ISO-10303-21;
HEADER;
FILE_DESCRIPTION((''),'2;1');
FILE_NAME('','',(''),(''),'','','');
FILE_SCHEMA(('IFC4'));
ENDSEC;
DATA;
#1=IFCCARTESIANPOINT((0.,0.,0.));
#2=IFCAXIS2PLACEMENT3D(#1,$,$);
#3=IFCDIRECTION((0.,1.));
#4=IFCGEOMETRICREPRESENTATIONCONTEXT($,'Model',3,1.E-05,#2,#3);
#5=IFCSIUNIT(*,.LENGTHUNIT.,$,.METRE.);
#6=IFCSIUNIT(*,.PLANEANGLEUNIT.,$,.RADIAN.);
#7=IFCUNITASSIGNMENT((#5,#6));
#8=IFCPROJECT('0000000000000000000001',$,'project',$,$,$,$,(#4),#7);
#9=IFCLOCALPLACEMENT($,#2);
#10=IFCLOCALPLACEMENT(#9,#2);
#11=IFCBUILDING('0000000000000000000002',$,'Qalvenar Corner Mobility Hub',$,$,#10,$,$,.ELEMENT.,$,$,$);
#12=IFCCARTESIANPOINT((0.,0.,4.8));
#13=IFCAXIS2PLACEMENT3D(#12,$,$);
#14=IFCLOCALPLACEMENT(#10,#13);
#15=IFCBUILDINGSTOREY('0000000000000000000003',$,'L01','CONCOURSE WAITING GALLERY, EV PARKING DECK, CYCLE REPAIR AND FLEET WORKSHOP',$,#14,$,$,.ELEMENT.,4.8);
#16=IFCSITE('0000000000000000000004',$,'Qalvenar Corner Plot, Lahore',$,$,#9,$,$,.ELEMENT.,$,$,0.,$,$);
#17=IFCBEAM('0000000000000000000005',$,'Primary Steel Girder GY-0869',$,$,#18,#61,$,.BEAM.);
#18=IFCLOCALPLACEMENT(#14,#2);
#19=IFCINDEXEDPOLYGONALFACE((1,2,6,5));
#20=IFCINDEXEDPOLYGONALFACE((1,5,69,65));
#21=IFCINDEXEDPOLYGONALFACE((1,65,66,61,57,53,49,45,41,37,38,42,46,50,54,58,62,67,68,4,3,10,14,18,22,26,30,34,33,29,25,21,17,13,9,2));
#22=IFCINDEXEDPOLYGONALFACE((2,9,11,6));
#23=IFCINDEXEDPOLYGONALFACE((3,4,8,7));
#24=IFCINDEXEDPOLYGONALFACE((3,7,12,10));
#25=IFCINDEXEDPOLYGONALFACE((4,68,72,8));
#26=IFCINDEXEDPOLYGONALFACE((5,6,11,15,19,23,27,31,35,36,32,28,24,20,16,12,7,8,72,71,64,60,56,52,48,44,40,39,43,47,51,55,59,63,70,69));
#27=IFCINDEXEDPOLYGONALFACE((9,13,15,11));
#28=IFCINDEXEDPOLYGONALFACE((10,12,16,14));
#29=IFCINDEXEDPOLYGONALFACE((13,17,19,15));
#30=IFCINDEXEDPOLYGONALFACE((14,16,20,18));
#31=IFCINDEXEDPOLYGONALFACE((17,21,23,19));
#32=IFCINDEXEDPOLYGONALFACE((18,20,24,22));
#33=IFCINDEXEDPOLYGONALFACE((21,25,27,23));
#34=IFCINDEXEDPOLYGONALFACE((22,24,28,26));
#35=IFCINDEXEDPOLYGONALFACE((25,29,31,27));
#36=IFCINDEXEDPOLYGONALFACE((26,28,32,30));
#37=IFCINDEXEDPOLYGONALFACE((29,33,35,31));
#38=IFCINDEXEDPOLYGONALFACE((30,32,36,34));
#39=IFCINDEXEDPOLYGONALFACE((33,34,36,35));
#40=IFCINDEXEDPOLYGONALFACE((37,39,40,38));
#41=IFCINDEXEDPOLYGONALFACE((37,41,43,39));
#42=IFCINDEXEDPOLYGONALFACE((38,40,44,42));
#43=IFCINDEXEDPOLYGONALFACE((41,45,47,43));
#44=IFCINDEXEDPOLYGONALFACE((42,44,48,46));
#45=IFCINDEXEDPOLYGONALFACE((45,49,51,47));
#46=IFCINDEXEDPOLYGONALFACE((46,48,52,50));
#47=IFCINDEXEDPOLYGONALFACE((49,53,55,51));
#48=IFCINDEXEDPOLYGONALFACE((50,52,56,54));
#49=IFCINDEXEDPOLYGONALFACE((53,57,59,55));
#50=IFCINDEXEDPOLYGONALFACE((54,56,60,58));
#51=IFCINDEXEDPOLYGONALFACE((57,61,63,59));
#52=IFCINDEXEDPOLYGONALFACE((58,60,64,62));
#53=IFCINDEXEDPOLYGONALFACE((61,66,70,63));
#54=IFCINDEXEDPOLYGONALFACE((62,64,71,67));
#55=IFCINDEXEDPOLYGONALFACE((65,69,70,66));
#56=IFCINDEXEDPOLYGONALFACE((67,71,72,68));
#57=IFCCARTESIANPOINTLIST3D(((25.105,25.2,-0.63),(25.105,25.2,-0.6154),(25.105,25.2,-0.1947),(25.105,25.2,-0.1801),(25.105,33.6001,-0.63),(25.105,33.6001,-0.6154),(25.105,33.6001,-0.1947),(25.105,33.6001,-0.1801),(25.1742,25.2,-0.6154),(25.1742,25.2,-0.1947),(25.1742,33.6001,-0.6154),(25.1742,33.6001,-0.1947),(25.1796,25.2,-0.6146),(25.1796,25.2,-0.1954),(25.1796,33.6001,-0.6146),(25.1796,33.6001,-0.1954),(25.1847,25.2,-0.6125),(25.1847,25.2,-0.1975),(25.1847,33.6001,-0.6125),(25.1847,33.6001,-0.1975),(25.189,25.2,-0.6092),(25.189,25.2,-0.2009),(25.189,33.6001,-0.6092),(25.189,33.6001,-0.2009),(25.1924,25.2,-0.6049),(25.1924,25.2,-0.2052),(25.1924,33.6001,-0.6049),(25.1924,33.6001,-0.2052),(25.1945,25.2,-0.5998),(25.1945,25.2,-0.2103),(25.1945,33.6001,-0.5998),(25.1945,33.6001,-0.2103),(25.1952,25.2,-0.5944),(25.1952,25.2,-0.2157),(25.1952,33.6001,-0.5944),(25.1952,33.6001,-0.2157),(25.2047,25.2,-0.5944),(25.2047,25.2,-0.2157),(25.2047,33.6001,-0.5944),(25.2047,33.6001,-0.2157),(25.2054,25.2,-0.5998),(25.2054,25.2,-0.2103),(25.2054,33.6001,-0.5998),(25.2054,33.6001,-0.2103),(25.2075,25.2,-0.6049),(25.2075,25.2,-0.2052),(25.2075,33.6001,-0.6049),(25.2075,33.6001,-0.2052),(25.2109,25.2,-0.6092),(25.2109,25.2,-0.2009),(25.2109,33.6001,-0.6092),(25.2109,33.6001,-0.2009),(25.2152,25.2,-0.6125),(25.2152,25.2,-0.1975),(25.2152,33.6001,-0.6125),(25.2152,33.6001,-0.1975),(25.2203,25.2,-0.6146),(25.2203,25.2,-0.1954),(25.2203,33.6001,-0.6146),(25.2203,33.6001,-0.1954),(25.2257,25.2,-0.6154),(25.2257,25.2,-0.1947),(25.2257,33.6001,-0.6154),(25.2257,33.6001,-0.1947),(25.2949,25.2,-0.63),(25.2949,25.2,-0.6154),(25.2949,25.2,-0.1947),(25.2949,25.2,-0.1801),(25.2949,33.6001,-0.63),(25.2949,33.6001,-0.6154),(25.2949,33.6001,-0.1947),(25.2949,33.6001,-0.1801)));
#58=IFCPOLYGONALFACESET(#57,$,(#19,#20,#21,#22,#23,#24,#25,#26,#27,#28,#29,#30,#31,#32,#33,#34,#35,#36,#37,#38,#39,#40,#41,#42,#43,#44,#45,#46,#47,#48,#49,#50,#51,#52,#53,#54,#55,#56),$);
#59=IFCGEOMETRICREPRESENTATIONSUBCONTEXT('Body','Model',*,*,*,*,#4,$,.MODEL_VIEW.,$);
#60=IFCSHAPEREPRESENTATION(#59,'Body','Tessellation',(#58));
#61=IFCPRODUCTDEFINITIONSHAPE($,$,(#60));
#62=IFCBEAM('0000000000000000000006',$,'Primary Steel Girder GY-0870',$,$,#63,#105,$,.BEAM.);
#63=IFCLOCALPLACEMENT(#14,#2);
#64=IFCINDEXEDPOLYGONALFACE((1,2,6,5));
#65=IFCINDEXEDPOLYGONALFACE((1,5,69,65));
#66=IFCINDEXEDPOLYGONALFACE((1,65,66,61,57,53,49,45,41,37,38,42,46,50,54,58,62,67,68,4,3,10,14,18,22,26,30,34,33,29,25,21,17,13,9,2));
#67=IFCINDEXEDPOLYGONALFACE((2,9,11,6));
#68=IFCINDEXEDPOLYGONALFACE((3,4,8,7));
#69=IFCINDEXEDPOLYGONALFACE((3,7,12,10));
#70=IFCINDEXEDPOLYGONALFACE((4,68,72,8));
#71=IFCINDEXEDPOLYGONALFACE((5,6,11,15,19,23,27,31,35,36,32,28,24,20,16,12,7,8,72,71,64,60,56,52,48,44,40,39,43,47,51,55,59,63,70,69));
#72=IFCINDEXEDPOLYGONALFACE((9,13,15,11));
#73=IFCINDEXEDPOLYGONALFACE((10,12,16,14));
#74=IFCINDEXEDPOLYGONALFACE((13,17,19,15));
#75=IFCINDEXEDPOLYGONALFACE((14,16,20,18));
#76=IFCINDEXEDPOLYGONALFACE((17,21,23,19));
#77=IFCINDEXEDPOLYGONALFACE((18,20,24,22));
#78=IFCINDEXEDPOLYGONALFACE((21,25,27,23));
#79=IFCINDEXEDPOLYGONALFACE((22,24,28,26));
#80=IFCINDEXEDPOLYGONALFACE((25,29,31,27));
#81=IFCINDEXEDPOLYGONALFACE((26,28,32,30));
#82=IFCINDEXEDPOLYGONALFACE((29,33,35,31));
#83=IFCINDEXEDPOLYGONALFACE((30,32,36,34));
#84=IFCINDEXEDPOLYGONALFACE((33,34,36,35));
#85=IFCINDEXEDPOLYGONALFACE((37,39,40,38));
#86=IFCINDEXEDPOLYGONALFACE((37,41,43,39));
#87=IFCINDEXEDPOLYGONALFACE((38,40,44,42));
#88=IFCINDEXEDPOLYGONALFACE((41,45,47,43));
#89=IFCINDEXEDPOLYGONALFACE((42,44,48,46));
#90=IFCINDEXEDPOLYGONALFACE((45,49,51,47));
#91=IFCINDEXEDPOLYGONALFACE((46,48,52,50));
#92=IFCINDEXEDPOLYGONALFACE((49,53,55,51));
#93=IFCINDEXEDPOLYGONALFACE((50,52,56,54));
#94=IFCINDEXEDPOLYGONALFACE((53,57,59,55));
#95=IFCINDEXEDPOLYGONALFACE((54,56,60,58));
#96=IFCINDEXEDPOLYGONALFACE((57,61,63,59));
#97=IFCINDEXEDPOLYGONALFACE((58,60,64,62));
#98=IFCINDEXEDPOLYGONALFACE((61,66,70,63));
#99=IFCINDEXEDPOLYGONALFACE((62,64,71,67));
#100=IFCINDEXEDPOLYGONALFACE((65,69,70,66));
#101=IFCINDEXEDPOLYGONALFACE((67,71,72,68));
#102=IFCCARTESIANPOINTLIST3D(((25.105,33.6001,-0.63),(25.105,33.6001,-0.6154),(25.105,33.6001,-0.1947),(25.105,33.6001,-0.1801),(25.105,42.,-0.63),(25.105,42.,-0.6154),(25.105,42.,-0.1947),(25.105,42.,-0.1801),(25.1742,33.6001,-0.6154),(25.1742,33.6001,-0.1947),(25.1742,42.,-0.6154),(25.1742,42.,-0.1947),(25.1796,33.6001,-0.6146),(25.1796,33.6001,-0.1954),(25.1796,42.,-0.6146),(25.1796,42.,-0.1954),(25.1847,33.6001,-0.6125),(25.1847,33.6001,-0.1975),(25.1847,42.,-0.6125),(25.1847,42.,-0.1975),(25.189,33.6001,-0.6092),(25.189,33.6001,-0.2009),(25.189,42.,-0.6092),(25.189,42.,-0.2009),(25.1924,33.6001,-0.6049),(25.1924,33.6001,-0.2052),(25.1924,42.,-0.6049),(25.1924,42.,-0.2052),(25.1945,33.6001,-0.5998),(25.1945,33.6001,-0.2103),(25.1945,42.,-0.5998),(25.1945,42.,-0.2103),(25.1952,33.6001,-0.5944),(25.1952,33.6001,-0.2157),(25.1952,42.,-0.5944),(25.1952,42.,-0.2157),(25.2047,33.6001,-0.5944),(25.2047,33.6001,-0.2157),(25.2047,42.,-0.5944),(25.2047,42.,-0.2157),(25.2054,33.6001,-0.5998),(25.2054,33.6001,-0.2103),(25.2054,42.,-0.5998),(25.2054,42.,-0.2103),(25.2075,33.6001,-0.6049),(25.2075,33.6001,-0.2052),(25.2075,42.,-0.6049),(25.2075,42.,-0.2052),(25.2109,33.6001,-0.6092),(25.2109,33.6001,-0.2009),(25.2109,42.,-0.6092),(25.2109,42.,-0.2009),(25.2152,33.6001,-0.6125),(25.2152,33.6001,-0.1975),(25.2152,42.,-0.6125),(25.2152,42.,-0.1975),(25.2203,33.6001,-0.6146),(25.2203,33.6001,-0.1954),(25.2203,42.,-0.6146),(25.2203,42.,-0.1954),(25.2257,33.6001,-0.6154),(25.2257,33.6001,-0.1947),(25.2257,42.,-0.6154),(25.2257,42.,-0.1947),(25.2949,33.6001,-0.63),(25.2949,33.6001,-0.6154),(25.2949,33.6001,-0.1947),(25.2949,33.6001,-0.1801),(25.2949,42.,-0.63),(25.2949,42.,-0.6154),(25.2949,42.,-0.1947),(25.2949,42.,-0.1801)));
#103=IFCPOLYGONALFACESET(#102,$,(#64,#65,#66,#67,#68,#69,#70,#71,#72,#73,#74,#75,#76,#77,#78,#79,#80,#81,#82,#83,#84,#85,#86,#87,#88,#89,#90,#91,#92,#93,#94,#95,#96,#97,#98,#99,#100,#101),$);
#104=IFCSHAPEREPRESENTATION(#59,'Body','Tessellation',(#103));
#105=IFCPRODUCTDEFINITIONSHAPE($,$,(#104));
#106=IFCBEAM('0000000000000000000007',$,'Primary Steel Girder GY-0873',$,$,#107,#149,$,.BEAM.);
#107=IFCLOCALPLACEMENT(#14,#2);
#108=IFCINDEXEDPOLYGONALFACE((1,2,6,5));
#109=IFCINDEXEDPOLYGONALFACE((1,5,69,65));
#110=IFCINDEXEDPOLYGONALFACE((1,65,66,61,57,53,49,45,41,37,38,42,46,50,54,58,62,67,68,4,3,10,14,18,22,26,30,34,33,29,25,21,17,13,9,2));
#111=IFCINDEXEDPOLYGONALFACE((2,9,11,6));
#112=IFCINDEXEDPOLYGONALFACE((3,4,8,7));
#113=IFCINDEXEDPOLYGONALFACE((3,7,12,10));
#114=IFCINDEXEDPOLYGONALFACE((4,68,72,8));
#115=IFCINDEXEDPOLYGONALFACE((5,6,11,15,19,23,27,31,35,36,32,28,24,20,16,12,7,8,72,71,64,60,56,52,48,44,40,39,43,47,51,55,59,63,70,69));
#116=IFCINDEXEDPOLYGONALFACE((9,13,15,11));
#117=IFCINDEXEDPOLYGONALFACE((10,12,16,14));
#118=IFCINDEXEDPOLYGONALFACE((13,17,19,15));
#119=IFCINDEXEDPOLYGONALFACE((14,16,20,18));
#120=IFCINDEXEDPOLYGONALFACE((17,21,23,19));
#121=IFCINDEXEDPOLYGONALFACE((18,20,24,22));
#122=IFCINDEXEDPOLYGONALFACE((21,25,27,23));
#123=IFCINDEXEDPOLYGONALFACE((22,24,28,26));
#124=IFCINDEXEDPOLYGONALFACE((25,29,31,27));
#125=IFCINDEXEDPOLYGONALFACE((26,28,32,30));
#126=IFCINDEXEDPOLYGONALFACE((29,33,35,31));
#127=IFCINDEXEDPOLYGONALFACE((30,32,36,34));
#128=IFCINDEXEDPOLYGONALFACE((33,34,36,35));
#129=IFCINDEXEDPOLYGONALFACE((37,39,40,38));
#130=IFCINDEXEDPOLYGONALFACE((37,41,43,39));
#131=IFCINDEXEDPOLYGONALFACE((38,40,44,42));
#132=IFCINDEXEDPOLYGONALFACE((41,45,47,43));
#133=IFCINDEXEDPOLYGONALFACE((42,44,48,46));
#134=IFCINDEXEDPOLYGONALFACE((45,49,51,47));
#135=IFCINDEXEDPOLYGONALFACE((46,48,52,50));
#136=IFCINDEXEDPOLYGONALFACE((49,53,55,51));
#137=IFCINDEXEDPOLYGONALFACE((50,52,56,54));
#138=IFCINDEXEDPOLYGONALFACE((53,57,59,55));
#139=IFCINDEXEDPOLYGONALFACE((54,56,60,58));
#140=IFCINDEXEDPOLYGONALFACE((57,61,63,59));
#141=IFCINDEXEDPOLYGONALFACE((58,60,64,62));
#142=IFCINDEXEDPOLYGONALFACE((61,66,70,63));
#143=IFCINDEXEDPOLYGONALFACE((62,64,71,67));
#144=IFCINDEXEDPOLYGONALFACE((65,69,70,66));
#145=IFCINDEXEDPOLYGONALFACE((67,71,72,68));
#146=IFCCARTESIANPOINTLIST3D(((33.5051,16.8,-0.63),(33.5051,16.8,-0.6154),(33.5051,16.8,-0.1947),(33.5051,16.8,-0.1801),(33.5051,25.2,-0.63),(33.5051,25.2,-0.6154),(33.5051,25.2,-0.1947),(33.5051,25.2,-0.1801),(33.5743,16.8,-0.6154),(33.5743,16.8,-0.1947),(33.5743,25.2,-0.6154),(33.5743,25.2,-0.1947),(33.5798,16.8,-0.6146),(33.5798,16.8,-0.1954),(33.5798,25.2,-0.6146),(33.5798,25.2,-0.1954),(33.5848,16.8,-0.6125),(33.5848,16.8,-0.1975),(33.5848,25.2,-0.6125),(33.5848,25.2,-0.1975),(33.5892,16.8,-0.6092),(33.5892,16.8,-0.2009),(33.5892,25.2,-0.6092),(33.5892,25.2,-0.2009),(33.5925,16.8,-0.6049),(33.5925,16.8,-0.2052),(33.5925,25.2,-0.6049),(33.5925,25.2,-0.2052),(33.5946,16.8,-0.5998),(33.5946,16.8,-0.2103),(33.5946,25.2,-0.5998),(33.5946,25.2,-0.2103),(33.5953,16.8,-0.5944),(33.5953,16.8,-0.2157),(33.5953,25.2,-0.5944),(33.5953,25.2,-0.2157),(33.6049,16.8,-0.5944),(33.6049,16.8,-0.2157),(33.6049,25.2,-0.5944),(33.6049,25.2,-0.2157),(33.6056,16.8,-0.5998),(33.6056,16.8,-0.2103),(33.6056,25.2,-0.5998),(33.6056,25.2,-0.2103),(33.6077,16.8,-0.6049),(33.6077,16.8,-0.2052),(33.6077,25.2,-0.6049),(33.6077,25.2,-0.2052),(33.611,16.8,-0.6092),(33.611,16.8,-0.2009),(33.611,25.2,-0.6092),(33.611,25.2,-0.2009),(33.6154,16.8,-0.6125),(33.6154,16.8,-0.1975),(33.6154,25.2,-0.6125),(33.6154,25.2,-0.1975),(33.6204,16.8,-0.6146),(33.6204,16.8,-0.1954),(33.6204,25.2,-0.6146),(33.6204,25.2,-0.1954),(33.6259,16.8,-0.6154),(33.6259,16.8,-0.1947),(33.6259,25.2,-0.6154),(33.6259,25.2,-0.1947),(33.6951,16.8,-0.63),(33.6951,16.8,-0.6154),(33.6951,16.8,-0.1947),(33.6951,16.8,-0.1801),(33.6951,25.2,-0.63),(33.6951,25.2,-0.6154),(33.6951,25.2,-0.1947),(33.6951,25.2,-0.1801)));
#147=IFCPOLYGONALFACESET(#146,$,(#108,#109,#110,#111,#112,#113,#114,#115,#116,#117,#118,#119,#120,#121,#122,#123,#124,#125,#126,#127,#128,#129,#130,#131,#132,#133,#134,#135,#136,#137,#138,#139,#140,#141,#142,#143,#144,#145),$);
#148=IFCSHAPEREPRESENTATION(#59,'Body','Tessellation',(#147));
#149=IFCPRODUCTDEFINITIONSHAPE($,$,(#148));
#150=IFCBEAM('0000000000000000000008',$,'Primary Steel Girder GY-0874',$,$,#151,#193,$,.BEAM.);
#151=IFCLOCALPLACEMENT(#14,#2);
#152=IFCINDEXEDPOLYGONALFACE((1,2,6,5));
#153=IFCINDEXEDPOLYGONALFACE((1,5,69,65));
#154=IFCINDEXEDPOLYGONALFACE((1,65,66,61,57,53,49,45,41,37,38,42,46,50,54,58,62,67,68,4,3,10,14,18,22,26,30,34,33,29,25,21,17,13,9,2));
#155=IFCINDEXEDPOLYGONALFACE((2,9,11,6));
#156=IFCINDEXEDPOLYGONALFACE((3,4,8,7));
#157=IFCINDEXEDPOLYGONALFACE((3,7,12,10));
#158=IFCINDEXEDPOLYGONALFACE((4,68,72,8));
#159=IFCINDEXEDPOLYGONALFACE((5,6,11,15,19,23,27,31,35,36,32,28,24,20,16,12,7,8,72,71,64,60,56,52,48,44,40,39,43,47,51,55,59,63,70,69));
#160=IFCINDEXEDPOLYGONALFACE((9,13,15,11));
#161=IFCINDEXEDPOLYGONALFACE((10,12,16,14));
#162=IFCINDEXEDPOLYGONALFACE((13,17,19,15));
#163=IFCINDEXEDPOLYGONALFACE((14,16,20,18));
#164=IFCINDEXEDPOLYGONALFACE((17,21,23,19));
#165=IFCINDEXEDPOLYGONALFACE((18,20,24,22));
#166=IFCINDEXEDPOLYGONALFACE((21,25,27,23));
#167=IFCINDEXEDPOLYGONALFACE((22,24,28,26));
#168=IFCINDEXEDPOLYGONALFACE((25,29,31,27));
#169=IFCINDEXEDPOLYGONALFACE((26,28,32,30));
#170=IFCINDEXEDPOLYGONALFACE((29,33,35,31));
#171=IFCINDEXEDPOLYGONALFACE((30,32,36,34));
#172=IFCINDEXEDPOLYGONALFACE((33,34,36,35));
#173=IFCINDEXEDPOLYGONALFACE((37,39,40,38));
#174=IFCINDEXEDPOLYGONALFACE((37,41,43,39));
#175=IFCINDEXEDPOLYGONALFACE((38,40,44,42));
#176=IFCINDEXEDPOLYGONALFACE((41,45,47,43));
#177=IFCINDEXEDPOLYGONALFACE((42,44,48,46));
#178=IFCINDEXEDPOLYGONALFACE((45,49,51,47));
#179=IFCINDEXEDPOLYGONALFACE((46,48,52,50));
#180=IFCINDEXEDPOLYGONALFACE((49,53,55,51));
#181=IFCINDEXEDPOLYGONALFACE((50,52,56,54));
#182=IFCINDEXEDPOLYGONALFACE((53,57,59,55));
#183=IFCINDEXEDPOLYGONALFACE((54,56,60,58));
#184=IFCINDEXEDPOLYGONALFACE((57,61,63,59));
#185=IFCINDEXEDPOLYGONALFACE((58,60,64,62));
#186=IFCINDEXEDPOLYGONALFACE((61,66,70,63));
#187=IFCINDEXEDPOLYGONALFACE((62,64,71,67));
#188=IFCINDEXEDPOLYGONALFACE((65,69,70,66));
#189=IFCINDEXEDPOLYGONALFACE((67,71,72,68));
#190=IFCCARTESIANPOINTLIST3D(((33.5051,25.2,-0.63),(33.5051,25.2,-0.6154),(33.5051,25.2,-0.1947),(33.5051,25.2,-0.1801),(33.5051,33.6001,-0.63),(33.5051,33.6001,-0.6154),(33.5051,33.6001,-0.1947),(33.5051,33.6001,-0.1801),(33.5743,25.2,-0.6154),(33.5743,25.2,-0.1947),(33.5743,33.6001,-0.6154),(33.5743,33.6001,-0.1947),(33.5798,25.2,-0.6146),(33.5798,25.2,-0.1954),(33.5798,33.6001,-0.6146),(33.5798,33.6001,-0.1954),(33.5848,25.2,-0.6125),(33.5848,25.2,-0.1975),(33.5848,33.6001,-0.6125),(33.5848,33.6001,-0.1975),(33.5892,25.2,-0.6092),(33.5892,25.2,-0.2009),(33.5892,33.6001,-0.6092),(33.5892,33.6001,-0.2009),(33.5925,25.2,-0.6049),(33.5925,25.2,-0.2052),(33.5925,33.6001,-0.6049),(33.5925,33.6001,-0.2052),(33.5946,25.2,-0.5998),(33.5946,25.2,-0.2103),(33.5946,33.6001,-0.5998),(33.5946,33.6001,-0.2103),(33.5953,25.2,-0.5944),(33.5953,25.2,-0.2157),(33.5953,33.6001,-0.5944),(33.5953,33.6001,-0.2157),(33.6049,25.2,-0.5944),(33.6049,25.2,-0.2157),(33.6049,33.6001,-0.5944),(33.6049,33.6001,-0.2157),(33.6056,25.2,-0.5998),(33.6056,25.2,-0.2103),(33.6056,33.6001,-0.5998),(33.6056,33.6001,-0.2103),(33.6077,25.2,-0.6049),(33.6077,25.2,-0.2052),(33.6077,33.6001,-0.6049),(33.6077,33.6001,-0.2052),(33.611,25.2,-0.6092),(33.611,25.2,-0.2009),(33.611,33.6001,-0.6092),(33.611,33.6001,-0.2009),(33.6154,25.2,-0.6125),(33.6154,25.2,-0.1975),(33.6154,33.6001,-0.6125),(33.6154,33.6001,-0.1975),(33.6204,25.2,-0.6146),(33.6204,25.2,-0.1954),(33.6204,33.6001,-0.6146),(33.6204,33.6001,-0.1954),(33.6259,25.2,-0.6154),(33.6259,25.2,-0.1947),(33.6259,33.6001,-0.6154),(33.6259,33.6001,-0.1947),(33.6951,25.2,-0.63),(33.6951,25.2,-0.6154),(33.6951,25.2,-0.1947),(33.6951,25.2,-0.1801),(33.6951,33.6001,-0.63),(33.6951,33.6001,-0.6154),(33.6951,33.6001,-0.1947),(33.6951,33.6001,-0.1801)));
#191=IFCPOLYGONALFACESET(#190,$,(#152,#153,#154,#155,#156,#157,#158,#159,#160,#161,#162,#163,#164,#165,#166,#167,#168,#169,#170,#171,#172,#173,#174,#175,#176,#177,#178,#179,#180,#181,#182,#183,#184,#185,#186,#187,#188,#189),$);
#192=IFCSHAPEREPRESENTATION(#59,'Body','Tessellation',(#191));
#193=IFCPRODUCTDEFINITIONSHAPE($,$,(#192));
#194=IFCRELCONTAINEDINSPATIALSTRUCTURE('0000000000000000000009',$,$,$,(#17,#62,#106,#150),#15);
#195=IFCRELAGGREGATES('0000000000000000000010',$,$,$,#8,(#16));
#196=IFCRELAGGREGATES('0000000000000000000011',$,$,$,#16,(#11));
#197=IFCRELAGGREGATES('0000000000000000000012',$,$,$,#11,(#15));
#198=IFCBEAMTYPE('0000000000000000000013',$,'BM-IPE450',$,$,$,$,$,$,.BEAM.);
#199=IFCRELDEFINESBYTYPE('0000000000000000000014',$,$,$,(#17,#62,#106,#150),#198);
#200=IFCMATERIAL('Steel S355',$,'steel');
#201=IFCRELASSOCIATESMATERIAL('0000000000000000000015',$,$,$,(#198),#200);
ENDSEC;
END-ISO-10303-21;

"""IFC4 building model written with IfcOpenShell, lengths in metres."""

from ifc_helpers import new_model, si_unit, direction, frame, origin, origin_2d, place, context, subcontext, project, spatial, i_section, extrude, material, material_profile, profile_set, type_object, element, save


model = new_model("IFC4")

# Units and contexts
model_context = context("Model", 3, precision=1e-05, world=origin(), true_north=direction((0.0, 1.0)))
body_context = subcontext(model_context, "Body", "Model", "MODEL_VIEW")
ifc_project = project(units=[si_unit("LENGTHUNIT", "METRE"), si_unit("PLANEANGLEUNIT", "RADIAN")], contexts=[model_context])

# Site, building, storey
site_placement = place(None, origin())
site = spatial("IfcSite", under=ifc_project, at=site_placement, Name="Qalvenar Corner Plot, Lahore", CompositionType="ELEMENT", RefElevation=0.0)
building_placement = place(site_placement, origin())
building = spatial("IfcBuilding", under=site, at=building_placement, Name="Qalvenar Corner Mobility Hub", CompositionType="ELEMENT")
storey_placement = place(building_placement, frame((0.0, 0.0, 4.8)))
storey = spatial("IfcBuildingStorey", under=building, at=storey_placement, Name="L01", Description="CONCOURSE WAITING GALLERY, EV PARKING DECK, CYCLE REPAIR AND FLEET WORKSHOP", CompositionType="ELEMENT", Elevation=4.8)

# Shared definitions
ifc_material_1 = material(Name="Steel S355", Category="steel")

# Beams
ifc_material_profile_1 = material_profile(ifc_material_1, i_section(OverallWidth=0.1899, OverallDepth=0.45, WebThickness=0.0095, FlangeThickness=0.0146, FilletRadius=0.021, at=origin_2d()), Name="IPE450")
ifc_profile_set_1 = profile_set([ifc_material_profile_1], Name="Steel S355")
beam_type_1 = type_object("IfcBeamType", Name="BM-IPE450", PredefinedType="BEAM", material=ifc_profile_set_1)
beam_1_placement = place(storey_placement, frame((25.2, 25.2, -0.405), z_axis=(0.0, 1.0, 0.0), x_axis=(-1.0, 0.0, 0.0)))
element("IfcBeam", 1, at=beam_1_placement, inside=storey, type_object=beam_type_1, Name="Primary Steel Girder GY-0869", PredefinedType="BEAM", context=body_context, shape_type="SweptSolid", body=[
    extrude(i_section(OverallWidth=0.1899, OverallDepth=0.45, WebThickness=0.0095, FlangeThickness=0.0146, FilletRadius=0.021, at=origin_2d()), origin(), (0.0, 0.0, 1.0), 8.4001),
])
for number, where, z_axis, x_axis, name in (
    (2, (25.2, 33.6001, -0.405), (0.0, 1.0, 0.0), (-1.0, 0.0, 0.0), "Primary Steel Girder GY-0870"),
    (3, (33.6001, 16.8, -0.405), (0.0, 1.0, 0.0), (-1.0, 0.0, 0.0), "Primary Steel Girder GY-0873"),
):
    element("IfcBeam", number, at=place(storey_placement, frame(where, z_axis=z_axis, x_axis=x_axis)), inside=storey, type_object=beam_type_1, Name=name, PredefinedType="BEAM", context=body_context, shape_type="SweptSolid", body=[
        extrude(i_section(OverallWidth=0.1899, OverallDepth=0.45, WebThickness=0.0095, FlangeThickness=0.0146, FilletRadius=0.021, at=origin_2d()), origin(), (0.0, 0.0, 1.0), 8.3999),
    ])
beam_2_placement = place(storey_placement, frame((33.6001, 25.2, -0.405), z_axis=(0.0, 1.0, 0.0), x_axis=(-1.0, 0.0, 0.0)))
element("IfcBeam", 4, at=beam_2_placement, inside=storey, type_object=beam_type_1, Name="Primary Steel Girder GY-0874", PredefinedType="BEAM", context=body_context, shape_type="SweptSolid", body=[
    extrude(i_section(OverallWidth=0.1899, OverallDepth=0.45, WebThickness=0.0095, FlangeThickness=0.0146, FilletRadius=0.021, at=origin_2d()), origin(), (0.0, 0.0, 1.0), 8.4001),
])

save(model, "model.ifc")
